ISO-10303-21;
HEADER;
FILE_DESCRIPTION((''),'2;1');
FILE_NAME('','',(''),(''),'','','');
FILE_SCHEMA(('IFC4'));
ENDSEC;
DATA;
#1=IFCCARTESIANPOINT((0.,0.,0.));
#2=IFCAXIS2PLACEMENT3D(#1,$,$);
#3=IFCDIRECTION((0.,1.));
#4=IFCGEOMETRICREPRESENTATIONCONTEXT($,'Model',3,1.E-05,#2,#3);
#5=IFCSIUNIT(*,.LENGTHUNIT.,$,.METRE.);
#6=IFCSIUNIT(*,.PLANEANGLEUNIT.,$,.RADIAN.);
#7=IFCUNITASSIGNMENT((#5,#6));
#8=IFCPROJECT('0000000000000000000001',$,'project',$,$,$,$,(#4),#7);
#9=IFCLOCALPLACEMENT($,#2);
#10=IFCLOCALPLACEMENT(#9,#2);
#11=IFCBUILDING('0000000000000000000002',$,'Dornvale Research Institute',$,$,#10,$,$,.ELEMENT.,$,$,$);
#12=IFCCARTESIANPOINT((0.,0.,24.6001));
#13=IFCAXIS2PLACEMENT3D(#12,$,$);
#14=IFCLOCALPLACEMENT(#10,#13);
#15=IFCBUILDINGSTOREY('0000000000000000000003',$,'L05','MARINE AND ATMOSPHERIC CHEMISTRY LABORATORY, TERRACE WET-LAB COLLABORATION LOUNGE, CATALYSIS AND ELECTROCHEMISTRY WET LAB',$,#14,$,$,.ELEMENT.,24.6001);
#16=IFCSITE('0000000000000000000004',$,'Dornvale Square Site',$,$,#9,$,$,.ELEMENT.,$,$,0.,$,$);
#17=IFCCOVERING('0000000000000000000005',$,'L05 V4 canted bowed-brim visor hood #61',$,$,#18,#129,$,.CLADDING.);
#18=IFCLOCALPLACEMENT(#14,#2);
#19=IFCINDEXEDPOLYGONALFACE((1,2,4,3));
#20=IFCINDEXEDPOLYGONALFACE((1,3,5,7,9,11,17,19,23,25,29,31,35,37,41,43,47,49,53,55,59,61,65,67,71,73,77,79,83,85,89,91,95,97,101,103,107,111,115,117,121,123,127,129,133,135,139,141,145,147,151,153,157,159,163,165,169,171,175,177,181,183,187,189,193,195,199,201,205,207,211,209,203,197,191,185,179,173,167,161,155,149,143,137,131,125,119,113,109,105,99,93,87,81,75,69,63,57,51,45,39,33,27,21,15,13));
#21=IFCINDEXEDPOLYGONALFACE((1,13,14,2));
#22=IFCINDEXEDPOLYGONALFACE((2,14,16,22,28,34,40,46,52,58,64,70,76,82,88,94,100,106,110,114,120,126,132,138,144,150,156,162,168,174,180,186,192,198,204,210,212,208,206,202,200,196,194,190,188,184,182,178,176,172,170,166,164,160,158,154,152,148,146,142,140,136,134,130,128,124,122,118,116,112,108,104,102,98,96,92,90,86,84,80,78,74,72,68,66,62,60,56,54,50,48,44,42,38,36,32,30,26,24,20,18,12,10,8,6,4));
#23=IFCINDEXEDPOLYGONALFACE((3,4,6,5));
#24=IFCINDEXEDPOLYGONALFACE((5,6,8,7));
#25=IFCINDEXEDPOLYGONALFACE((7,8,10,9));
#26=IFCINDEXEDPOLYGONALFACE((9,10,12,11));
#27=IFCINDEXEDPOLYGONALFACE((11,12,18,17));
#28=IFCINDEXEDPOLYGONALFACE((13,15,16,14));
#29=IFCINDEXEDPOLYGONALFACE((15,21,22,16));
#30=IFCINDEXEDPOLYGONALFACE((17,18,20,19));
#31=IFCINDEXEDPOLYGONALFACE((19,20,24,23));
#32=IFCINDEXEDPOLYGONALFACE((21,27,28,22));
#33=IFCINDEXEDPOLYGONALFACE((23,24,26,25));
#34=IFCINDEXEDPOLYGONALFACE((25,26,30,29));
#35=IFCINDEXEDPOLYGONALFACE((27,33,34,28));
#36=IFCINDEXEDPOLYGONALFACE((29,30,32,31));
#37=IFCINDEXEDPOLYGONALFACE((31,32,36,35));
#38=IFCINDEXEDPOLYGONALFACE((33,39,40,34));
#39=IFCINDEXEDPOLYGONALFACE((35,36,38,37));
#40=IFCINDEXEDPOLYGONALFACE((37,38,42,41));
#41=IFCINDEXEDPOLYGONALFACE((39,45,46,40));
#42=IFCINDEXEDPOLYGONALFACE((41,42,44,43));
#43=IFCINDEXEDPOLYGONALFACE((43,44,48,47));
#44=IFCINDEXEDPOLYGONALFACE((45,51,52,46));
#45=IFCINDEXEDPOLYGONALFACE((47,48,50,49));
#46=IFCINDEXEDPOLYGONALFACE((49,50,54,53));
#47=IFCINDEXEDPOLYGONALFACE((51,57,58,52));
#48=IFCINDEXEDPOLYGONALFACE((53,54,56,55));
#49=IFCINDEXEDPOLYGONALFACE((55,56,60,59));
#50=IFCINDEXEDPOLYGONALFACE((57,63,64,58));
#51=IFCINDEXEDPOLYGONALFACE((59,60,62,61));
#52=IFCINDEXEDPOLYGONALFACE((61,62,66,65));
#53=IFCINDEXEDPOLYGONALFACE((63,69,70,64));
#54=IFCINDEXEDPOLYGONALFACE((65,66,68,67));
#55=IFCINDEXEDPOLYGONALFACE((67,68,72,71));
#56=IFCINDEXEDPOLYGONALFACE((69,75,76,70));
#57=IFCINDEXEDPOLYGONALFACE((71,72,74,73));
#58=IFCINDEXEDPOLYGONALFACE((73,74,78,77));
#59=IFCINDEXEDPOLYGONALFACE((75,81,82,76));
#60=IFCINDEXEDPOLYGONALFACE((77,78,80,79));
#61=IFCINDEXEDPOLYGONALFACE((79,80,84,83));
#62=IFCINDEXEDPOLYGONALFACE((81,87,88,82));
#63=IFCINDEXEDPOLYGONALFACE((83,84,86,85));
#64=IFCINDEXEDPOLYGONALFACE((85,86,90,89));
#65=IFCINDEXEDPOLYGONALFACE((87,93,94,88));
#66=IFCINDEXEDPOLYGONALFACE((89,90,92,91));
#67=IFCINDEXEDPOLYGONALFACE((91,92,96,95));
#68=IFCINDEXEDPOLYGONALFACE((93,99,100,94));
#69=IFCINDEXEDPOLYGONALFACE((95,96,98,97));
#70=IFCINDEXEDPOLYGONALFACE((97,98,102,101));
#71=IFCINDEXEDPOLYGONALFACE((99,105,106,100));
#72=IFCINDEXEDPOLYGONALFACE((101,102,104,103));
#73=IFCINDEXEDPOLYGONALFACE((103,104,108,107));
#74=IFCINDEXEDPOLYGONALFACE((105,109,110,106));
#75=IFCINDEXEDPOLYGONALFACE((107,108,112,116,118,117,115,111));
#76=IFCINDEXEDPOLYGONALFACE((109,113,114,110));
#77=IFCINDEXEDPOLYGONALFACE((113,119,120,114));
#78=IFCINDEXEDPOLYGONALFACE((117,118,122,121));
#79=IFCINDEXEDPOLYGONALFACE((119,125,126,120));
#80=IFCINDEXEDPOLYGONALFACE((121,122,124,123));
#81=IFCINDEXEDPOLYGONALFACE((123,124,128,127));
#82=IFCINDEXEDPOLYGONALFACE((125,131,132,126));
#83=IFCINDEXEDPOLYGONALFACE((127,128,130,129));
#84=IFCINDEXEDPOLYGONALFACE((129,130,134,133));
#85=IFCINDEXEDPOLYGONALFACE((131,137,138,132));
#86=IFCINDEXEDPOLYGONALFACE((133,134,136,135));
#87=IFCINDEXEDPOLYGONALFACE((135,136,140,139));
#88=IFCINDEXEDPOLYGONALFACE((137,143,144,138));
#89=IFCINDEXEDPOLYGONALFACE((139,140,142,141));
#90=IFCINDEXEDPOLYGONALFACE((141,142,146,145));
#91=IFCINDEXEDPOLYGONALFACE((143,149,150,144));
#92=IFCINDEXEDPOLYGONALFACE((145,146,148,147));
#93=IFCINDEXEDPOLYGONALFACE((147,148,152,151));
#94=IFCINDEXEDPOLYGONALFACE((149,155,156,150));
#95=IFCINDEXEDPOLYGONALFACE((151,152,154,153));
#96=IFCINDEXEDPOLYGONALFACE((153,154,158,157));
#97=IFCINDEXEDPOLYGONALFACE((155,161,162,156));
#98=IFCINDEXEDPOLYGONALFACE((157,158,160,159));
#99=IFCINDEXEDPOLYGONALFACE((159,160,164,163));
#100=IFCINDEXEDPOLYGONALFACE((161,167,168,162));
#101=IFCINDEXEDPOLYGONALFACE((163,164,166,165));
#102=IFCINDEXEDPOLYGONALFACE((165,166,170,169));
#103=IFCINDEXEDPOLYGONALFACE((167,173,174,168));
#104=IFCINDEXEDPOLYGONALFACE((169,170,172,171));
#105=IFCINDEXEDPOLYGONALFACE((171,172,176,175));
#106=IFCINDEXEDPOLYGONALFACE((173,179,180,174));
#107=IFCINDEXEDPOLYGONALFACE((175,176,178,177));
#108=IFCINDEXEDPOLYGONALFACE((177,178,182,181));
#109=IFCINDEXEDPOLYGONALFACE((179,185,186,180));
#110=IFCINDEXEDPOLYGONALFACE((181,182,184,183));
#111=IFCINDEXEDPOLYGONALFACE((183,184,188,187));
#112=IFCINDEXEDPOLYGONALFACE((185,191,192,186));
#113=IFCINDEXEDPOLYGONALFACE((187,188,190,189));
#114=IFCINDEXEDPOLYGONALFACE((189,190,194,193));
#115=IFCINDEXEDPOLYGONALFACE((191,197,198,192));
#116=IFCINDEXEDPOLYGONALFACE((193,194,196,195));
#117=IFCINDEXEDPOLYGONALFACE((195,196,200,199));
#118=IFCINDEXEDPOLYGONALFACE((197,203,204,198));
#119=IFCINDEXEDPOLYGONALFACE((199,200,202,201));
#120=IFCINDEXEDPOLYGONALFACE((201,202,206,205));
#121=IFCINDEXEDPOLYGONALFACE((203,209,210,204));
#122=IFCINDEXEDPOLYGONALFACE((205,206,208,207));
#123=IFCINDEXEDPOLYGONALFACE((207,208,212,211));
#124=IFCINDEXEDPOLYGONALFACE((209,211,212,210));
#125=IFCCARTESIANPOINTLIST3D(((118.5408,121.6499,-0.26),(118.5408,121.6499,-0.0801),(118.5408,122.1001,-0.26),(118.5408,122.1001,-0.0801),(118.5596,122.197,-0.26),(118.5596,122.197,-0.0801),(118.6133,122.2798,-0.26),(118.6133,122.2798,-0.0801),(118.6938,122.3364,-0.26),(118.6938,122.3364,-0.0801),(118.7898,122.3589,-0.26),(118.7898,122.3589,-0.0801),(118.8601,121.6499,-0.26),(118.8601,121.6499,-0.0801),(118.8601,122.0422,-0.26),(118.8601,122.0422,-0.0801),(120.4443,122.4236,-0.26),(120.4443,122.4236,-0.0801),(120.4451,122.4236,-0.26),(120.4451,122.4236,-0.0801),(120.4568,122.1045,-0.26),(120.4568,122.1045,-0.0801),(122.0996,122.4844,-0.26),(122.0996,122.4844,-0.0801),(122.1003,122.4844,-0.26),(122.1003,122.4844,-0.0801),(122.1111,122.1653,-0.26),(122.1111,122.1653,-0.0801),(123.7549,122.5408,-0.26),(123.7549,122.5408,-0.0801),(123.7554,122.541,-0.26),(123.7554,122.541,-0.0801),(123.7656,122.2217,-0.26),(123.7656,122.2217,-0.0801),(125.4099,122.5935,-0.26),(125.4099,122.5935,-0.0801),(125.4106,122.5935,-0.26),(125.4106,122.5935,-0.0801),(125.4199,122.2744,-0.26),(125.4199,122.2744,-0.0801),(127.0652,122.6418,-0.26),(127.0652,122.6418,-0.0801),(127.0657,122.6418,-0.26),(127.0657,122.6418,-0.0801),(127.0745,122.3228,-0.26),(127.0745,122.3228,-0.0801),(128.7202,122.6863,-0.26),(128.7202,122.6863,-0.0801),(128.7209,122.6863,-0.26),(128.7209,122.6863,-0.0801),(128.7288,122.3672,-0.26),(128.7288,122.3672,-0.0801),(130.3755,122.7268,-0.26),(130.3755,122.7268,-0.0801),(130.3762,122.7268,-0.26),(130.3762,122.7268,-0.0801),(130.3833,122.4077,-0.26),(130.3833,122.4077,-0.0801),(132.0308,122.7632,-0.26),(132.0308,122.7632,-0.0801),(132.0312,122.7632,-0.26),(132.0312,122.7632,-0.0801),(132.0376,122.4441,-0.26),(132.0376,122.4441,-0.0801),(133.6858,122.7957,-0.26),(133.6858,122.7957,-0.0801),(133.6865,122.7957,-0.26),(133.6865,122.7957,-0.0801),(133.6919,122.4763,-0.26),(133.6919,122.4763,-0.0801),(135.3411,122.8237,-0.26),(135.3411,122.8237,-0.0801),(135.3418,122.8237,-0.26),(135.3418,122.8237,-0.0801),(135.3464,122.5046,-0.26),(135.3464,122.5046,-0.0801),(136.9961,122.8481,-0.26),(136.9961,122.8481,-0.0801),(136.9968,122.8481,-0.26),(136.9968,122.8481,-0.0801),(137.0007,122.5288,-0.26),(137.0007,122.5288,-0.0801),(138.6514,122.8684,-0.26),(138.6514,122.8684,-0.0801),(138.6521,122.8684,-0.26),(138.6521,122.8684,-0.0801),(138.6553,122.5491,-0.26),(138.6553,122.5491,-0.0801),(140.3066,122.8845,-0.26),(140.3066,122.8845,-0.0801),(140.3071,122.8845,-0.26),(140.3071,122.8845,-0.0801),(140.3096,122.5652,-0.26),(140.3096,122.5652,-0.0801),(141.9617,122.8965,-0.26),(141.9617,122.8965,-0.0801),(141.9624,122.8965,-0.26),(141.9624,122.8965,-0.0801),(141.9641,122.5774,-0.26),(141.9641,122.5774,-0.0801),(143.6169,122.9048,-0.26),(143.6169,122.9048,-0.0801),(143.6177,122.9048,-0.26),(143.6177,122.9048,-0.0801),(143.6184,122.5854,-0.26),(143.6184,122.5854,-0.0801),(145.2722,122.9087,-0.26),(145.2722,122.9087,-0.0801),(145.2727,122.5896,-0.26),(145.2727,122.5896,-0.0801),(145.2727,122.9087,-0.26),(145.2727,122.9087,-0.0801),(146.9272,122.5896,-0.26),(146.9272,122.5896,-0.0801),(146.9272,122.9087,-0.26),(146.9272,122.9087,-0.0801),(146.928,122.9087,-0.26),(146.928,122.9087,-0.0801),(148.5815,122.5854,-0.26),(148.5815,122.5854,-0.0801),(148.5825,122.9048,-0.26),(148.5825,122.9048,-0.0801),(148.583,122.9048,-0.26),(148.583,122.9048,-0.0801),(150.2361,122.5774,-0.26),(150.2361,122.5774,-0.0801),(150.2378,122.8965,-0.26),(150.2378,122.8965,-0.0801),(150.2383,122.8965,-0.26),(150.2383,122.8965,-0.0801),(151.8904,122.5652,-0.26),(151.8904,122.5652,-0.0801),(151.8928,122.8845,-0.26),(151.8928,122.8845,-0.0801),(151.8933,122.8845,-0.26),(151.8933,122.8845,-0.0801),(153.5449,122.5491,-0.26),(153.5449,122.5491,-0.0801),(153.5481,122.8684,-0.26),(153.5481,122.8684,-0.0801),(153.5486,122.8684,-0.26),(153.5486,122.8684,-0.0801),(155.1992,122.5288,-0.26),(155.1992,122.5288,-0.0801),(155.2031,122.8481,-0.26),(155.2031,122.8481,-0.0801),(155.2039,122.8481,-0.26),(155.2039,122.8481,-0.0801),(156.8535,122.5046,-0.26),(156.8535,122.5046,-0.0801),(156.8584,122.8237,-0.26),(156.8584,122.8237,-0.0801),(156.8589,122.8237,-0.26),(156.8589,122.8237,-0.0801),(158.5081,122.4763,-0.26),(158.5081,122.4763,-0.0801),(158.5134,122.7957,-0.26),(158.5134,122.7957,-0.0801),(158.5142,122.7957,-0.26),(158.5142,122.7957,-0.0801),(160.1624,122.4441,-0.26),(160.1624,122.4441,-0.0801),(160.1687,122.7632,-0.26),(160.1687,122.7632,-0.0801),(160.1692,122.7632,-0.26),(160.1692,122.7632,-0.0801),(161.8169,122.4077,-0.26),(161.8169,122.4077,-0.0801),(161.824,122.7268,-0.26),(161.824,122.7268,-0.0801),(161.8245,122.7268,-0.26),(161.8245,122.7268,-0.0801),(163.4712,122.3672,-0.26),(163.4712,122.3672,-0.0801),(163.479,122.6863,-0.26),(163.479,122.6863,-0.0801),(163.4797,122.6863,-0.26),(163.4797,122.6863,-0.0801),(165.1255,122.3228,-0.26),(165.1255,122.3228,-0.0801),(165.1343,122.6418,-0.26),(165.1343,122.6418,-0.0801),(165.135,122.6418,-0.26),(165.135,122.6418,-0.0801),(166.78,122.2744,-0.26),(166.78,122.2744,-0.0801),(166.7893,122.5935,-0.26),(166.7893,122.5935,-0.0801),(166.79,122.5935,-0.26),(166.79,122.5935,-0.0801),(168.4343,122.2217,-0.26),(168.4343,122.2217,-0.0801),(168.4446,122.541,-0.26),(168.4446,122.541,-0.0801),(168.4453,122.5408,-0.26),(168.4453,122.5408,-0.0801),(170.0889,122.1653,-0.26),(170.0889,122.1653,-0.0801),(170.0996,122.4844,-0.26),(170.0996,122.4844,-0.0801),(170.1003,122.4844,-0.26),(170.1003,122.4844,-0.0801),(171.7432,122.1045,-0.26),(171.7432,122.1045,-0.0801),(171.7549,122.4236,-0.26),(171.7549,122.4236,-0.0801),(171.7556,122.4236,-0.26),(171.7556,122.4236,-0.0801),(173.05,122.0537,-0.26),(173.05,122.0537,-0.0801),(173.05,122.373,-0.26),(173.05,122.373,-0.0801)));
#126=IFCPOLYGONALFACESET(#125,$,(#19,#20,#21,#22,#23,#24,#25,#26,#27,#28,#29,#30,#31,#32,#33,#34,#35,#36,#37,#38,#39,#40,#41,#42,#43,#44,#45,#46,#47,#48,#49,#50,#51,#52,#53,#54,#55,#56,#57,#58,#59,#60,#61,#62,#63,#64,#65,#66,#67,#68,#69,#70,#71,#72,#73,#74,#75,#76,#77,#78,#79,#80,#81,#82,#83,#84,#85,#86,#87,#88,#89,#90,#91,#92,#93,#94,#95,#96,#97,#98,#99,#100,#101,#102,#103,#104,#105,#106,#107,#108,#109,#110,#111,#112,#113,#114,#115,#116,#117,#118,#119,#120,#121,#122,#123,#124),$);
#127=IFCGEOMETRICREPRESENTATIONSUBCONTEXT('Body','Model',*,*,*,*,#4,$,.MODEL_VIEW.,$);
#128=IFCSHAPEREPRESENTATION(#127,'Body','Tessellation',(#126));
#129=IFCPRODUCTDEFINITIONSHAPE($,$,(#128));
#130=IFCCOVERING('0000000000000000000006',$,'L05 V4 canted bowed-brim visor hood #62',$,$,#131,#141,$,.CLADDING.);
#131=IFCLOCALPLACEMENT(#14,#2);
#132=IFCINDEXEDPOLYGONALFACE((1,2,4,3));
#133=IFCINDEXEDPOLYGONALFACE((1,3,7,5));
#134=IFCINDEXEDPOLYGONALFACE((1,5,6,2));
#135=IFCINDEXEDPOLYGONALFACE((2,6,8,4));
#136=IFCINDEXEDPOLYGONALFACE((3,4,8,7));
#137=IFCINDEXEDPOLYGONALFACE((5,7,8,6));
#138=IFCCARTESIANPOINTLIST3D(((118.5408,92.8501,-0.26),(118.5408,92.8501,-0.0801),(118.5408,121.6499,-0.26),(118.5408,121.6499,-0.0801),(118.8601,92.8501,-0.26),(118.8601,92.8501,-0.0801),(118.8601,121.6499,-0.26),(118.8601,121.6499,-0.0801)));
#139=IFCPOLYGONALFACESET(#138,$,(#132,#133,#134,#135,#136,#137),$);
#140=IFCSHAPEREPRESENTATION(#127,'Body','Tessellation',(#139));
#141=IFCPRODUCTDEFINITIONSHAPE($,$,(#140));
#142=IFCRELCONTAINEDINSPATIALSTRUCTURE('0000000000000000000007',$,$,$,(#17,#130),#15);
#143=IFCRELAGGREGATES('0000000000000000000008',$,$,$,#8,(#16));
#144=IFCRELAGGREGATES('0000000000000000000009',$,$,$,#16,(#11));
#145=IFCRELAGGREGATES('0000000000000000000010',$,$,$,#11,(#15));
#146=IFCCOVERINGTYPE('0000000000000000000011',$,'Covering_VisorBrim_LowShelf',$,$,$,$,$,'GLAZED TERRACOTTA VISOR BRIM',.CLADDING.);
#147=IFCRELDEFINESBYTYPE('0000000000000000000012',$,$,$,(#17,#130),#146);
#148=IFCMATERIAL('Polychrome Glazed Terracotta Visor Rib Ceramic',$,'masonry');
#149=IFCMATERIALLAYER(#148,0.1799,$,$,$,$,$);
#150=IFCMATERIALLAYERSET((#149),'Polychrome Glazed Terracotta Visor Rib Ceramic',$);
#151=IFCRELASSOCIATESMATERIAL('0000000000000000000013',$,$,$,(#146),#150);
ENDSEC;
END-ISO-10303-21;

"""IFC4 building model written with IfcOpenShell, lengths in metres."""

from ifc_helpers import new_model, si_unit, direction, frame, origin, place, context, subcontext, project, spatial, polyline, outline, extrude, material, layer, layer_set, type_object, element, save


model = new_model("IFC4")

# Units and contexts
model_context = context("Model", 3, precision=1e-05, world=origin(), true_north=direction((0.0, 1.0)))
body_context = subcontext(model_context, "Body", "Model", "MODEL_VIEW")
ifc_project = project(units=[si_unit("LENGTHUNIT", "METRE"), si_unit("PLANEANGLEUNIT", "RADIAN")], contexts=[model_context])

# Site, building, storey
site_placement = place(None, origin())
site = spatial("IfcSite", under=ifc_project, at=site_placement, Name="Dornvale Square Site", CompositionType="ELEMENT", RefElevation=0.0)
building_placement = place(site_placement, origin())
building = spatial("IfcBuilding", under=site, at=building_placement, Name="Dornvale Research Institute", CompositionType="ELEMENT")
storey_placement = place(building_placement, frame((0.0, 0.0, 24.6001)))
storey = spatial("IfcBuildingStorey", under=building, at=storey_placement, Name="L05", Description="MARINE AND ATMOSPHERIC CHEMISTRY LABORATORY, TERRACE WET-LAB COLLABORATION LOUNGE, CATALYSIS AND ELECTROCHEMISTRY WET LAB", CompositionType="ELEMENT", Elevation=24.6001)

# Coverings
ifc_material_1 = material(Name="Polychrome Glazed Terracotta Visor Rib Ceramic", Category="masonry")
ifc_layer_1 = layer(ifc_material_1, 0.1799)
ifc_layer_set_1 = layer_set([ifc_layer_1], Name="Polychrome Glazed Terracotta Visor Rib Ceramic")
covering_type_1 = type_object("IfcCoveringType", Name="Covering_VisorBrim_LowShelf", ElementType="GLAZED TERRACOTTA VISOR BRIM", PredefinedType="CLADDING", material=ifc_layer_set_1)
covering_1_placement = place(storey_placement, frame((0.0, 0.0, -0.26)))
element("IfcCovering", 1, at=covering_1_placement, inside=storey, type_object=covering_type_1, Name="L05 V4 canted bowed-brim visor hood #61", PredefinedType="CLADDING", context=body_context, shape_type="SweptSolid", body=[
    extrude(outline(polyline([(118.6133, 122.2798), (118.6938, 122.3364), (118.7898, 122.3589), (120.4443, 122.4236), (120.4451, 122.4236), (122.0996, 122.4844), (122.1003, 122.4844), (123.7549, 122.5408), (123.7554, 122.541), (125.4099, 122.5935), (125.4106, 122.5935), (127.0652, 122.6418), (127.0657, 122.6418), (128.7202, 122.6863), (128.7209, 122.6863), (130.3755, 122.7268), (130.3762, 122.7268), (132.0308, 122.7632), (132.0312, 122.7632), (133.6858, 122.7957), (133.6865, 122.7957), (135.3411, 122.8237), (135.3418, 122.8237), (136.9961, 122.8481), (136.9968, 122.8481), (138.6514, 122.8684), (138.6521, 122.8684), (140.3066, 122.8845), (140.3071, 122.8845), (141.9617, 122.8965), (141.9624, 122.8965), (143.6169, 122.9048), (143.6177, 122.9048), (145.2722, 122.9087), (145.2727, 122.9087), (146.9272, 122.9087), (146.928, 122.9087), (148.5825, 122.9048), (148.583, 122.9048), (150.2378, 122.8965), (150.2383, 122.8965), (151.8928, 122.8845), (151.8933, 122.8845), (153.5481, 122.8684), (153.5486, 122.8684), (155.2031, 122.8481), (155.2039, 122.8481), (156.8584, 122.8237), (156.8589, 122.8237), (158.5134, 122.7957), (158.5142, 122.7957), (160.1687, 122.7632), (160.1692, 122.7632), (161.824, 122.7268), (161.8245, 122.7268), (163.479, 122.6863), (163.4797, 122.6863), (165.1343, 122.6418), (165.135, 122.6418), (166.7893, 122.5935), (166.79, 122.5935), (168.4446, 122.541), (168.4453, 122.5408), (170.0996, 122.4844), (170.1003, 122.4844), (171.7549, 122.4236), (171.7556, 122.4236), (173.05, 122.373), (173.05, 122.0537), (171.7432, 122.1045), (170.0889, 122.1653), (168.4343, 122.2217), (166.78, 122.2744), (165.1255, 122.3228), (163.4712, 122.3672), (161.8169, 122.4077), (160.1624, 122.4441), (158.5081, 122.4763), (156.8535, 122.5046), (155.1992, 122.5288), (153.5449, 122.5491), (151.8904, 122.5652), (150.2361, 122.5774), (148.5815, 122.5854), (146.9272, 122.5896), (145.2727, 122.5896), (143.6184, 122.5854), (141.9641, 122.5774), (140.3096, 122.5652), (138.6553, 122.5491), (137.0007, 122.5288), (135.3464, 122.5046), (133.6919, 122.4763), (132.0376, 122.4441), (130.3833, 122.4077), (128.7288, 122.3672), (127.0745, 122.3228), (125.4199, 122.2744), (123.7656, 122.2217), (122.1111, 122.1653), (120.4568, 122.1045), (118.8601, 122.0422), (118.8601, 121.6499), (118.5408, 121.6499), (118.5408, 122.1001), (118.5596, 122.197), (118.6133, 122.2798)])), origin(), (0.0, 0.0, 1.0), 0.1799),
])
covering_2_placement = place(storey_placement, frame((0.0, 0.0, -0.26)))
element("IfcCovering", 2, at=covering_2_placement, inside=storey, type_object=covering_type_1, Name="L05 V4 canted bowed-brim visor hood #62", PredefinedType="CLADDING", context=body_context, shape_type="SweptSolid", body=[
    extrude(outline(polyline([(118.8601, 92.8501), (118.5408, 92.8501), (118.5408, 121.6499), (118.8601, 121.6499), (118.8601, 92.8501)])), origin(), (0.0, 0.0, 1.0), 0.1799),
])

save(model, "model.ifc")
